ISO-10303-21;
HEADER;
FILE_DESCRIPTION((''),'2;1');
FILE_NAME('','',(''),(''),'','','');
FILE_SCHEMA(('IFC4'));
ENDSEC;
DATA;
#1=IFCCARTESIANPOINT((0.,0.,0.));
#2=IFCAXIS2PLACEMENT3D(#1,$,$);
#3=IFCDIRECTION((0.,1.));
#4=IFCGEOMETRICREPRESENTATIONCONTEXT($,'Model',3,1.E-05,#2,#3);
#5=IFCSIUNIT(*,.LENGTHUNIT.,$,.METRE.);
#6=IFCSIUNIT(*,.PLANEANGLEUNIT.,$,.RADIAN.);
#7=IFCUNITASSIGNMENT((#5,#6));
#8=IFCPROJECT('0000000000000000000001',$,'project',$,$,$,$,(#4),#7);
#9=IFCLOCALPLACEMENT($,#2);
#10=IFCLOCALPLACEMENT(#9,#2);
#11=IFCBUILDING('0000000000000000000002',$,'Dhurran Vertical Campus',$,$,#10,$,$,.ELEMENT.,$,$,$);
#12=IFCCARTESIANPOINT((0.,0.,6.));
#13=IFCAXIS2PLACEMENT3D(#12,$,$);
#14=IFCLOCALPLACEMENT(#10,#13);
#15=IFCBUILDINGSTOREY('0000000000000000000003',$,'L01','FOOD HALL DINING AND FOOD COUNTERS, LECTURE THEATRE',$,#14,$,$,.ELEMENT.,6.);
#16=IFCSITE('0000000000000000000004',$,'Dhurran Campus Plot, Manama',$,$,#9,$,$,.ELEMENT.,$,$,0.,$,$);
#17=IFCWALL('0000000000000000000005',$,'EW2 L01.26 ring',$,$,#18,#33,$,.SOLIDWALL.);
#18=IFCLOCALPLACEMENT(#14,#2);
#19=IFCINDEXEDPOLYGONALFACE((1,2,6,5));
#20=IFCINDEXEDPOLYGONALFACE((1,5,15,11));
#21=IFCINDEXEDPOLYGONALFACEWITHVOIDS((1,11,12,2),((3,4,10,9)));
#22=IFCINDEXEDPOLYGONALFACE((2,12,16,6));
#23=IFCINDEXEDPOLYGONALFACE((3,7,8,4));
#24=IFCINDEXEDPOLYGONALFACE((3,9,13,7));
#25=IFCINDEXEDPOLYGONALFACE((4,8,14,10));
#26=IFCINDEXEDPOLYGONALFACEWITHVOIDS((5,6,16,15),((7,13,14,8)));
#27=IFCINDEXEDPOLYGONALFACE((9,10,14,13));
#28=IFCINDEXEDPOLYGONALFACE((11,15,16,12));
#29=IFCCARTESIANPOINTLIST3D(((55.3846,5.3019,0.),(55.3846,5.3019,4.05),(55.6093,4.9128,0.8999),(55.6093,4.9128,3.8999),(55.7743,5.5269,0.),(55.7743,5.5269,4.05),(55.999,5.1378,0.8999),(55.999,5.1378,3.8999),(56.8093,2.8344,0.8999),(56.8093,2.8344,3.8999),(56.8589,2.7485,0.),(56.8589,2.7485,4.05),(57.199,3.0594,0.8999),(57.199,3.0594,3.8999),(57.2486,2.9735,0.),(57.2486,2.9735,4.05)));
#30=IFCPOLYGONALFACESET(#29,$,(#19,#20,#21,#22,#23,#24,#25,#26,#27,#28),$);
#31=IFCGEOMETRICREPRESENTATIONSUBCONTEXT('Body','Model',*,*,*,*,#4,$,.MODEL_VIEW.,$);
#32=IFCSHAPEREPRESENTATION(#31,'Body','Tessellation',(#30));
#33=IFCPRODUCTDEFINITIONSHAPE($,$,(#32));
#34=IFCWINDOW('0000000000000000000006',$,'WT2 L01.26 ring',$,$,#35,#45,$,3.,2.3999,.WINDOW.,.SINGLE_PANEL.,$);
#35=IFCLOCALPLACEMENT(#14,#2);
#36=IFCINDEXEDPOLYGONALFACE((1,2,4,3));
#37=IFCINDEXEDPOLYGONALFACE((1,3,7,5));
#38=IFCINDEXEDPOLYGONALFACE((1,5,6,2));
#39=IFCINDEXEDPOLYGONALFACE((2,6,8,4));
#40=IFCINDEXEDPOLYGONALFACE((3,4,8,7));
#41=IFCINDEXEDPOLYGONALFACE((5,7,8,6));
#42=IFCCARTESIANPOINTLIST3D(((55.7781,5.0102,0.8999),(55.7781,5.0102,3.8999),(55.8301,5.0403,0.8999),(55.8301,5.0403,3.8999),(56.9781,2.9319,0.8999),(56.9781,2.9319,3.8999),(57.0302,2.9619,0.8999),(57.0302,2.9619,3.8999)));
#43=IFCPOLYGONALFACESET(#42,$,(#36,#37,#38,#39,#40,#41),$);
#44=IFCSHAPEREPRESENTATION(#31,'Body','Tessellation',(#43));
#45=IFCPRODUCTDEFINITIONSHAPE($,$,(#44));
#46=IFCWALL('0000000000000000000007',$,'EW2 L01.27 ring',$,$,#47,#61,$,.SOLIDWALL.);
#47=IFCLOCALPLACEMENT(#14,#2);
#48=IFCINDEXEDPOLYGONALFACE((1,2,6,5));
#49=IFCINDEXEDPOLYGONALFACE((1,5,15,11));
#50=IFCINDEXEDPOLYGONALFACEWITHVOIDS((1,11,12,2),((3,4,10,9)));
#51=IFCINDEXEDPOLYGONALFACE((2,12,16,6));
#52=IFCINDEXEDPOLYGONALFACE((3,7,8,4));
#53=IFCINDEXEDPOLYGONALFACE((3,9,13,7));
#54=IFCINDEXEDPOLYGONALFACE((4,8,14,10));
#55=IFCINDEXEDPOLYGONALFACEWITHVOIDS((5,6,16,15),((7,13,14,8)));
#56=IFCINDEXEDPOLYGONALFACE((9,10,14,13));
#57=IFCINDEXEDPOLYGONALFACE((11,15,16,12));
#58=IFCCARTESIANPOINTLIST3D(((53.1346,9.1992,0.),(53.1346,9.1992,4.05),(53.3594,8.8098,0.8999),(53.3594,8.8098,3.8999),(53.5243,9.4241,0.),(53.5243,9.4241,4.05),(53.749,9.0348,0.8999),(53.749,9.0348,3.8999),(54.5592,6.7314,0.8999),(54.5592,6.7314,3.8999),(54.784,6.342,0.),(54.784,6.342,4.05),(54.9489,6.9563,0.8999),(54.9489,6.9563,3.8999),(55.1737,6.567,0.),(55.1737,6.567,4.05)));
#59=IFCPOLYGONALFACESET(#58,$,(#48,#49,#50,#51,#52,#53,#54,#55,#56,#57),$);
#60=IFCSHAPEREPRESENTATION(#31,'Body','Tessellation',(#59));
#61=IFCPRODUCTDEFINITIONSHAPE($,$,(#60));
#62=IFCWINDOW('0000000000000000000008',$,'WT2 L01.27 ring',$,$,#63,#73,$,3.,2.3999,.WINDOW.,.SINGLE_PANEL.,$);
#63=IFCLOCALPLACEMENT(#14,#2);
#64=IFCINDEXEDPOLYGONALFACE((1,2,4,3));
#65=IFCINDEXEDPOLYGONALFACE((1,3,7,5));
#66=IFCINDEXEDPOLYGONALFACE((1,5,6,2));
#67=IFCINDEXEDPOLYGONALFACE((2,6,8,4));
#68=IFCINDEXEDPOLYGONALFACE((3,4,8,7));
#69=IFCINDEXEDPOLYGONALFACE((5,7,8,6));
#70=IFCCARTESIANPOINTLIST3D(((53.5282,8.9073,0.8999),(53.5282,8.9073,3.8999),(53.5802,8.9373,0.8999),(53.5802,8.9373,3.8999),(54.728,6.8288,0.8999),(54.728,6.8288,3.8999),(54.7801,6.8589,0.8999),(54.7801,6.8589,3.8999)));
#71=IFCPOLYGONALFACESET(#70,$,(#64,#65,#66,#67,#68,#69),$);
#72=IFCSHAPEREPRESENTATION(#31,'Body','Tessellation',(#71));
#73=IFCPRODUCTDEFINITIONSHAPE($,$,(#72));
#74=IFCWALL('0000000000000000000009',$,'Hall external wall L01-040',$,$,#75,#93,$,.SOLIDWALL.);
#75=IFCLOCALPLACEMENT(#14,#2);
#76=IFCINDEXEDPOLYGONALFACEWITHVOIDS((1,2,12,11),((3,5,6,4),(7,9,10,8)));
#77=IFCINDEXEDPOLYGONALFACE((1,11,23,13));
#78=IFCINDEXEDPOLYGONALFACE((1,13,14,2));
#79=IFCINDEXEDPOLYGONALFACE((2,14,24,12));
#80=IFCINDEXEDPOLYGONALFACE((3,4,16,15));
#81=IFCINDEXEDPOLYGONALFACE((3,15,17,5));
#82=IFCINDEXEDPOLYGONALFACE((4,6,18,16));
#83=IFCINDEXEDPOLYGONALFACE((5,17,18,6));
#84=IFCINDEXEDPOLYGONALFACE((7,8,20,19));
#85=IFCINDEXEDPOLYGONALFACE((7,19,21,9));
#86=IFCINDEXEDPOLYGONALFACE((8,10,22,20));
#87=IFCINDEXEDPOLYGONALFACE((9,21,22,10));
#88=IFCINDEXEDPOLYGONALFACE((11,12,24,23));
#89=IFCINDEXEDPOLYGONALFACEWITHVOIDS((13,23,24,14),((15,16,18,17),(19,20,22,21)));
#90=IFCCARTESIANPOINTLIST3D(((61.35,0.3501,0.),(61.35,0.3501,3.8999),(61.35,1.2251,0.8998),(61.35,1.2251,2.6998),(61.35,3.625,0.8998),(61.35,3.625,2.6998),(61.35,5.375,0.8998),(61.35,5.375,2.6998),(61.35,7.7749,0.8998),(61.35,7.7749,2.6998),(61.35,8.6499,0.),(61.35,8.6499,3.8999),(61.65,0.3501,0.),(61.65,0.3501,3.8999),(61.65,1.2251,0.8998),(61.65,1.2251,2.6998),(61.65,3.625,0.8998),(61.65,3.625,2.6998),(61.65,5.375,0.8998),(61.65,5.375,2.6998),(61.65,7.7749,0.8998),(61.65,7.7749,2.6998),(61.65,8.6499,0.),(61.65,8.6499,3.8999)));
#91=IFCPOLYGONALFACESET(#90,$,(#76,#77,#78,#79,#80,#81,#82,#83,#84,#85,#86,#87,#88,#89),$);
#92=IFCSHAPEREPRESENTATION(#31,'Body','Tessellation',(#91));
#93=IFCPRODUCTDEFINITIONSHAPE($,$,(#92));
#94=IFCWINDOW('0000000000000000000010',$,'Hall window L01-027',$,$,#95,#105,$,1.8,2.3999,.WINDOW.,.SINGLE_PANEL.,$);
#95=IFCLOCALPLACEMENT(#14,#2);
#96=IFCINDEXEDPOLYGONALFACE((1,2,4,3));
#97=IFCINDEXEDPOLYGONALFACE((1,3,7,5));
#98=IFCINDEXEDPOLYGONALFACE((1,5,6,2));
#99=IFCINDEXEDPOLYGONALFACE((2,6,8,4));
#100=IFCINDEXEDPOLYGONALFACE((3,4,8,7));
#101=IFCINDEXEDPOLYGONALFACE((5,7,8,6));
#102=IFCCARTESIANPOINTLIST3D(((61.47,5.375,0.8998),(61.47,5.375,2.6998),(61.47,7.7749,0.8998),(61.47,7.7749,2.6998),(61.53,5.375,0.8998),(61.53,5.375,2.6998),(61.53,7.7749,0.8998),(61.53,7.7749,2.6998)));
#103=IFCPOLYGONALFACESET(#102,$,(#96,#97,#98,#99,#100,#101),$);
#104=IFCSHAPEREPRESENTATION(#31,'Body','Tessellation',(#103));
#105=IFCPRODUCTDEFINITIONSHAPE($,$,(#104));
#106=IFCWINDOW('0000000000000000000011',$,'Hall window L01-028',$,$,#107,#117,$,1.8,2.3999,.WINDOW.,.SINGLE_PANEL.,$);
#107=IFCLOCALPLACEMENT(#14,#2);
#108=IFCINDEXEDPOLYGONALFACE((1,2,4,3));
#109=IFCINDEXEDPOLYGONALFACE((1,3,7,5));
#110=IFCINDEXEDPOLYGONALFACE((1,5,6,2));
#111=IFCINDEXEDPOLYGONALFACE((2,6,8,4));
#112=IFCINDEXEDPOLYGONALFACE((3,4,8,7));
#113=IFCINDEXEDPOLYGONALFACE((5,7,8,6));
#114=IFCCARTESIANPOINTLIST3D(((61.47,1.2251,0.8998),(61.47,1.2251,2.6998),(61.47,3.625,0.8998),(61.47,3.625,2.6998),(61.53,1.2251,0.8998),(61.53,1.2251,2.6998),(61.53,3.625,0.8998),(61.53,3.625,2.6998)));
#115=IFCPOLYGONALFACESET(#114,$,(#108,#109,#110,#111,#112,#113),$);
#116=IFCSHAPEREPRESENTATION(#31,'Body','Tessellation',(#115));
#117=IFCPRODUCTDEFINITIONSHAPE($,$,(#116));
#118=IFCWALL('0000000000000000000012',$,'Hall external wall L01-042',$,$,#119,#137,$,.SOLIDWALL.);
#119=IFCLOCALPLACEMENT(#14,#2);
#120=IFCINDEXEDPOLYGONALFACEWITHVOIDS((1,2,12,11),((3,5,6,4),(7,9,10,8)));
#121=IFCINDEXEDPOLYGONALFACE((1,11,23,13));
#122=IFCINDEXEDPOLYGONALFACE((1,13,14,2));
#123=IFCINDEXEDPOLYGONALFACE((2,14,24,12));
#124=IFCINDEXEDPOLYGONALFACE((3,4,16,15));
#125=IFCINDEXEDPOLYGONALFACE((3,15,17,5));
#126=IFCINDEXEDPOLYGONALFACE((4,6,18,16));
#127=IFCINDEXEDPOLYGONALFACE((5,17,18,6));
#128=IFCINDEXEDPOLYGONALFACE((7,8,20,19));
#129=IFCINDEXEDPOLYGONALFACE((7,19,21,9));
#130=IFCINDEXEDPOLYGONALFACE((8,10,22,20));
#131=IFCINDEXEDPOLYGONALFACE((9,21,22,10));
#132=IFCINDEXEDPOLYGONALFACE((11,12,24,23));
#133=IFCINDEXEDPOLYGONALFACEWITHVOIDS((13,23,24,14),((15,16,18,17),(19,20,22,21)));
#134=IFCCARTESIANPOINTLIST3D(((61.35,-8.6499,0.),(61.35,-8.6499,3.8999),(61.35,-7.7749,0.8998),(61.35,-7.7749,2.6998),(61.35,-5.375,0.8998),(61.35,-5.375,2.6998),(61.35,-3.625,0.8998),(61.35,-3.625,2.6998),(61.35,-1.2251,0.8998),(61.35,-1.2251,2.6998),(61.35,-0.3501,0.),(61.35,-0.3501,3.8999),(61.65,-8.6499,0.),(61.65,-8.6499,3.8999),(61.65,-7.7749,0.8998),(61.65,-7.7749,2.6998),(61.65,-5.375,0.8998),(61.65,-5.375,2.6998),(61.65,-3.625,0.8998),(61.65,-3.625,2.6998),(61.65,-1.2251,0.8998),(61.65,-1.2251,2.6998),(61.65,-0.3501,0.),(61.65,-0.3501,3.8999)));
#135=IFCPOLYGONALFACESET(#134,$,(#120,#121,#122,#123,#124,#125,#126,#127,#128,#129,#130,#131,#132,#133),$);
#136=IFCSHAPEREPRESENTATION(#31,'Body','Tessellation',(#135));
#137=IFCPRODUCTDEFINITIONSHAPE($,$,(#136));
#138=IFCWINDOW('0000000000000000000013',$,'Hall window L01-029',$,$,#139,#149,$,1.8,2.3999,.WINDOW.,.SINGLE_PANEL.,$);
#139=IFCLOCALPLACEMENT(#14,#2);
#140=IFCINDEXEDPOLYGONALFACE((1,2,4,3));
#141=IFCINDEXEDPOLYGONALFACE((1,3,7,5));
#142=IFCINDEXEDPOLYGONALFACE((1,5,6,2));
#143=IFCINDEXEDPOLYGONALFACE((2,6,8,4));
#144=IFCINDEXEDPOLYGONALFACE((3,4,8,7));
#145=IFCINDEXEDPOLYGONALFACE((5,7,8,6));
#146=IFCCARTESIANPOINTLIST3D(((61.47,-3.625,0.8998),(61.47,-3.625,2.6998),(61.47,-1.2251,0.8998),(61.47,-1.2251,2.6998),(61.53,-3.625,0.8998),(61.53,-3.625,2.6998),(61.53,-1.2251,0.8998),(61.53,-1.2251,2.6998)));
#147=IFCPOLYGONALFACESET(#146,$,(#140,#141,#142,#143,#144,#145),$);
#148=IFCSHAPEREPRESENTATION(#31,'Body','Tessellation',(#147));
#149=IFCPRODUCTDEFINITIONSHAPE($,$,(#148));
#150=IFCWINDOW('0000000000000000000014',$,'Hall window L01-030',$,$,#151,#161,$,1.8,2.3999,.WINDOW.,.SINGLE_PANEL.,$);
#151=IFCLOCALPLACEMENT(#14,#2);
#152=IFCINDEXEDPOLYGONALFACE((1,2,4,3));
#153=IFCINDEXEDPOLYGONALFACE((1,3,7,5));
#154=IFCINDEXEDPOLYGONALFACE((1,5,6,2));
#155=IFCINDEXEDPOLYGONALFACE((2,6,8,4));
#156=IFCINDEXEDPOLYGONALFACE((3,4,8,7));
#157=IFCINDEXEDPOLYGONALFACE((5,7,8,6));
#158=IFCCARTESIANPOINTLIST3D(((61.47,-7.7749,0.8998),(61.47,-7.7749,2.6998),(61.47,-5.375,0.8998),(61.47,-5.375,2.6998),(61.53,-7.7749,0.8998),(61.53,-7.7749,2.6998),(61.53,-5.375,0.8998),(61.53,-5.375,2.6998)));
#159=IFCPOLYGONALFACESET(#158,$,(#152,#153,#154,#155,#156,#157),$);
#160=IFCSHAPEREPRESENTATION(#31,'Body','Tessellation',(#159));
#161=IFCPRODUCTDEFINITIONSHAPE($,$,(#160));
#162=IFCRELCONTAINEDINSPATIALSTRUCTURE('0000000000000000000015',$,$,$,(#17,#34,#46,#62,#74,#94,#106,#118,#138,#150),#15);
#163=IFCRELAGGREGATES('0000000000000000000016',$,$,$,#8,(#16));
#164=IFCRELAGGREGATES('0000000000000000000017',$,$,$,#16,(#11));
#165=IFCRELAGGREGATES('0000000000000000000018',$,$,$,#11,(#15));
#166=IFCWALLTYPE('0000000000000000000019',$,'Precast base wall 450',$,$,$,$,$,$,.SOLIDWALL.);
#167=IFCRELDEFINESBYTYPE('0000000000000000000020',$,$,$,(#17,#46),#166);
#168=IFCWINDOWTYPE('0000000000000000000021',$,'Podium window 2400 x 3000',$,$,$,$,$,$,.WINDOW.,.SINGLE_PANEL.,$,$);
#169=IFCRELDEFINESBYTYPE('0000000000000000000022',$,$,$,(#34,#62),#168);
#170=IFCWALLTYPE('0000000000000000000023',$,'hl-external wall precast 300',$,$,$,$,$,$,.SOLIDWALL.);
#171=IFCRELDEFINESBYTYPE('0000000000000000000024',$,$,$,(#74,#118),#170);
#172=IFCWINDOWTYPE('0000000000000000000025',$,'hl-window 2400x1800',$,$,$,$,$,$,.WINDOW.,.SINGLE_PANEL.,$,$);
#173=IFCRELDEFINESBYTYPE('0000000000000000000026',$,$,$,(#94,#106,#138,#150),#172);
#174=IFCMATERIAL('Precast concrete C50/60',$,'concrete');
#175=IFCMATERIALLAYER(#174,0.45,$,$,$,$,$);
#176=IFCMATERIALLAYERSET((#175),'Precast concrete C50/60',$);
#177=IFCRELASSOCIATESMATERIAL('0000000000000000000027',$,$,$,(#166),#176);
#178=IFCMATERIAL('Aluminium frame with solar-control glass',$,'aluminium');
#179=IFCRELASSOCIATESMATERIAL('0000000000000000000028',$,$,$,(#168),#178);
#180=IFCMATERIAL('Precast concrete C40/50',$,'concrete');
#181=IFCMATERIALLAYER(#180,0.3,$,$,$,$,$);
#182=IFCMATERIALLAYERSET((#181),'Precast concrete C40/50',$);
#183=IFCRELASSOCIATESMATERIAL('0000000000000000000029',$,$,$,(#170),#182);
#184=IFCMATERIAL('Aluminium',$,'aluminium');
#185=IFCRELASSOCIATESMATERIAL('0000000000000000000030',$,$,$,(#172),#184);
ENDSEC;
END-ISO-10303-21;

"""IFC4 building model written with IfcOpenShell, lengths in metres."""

from ifc_helpers import new_model, si_unit, direction, frame, frame_2d, origin, place, context, subcontext, project, spatial, rectangle, extrude, material, layer, layer_set, type_object, element, fill, save


model = new_model("IFC4")

# Units and contexts
model_context = context("Model", 3, precision=1e-05, world=origin(), true_north=direction((0.0, 1.0)))
body_context = subcontext(model_context, "Body", "Model", "MODEL_VIEW")
ifc_project = project(units=[si_unit("LENGTHUNIT", "METRE"), si_unit("PLANEANGLEUNIT", "RADIAN")], contexts=[model_context])

# Site, building, storey
site_placement = place(None, origin())
site = spatial("IfcSite", under=ifc_project, at=site_placement, Name="Dhurran Campus Plot, Manama", CompositionType="ELEMENT", RefElevation=0.0)
building_placement = place(site_placement, origin())
building = spatial("IfcBuilding", under=site, at=building_placement, Name="Dhurran Vertical Campus", CompositionType="ELEMENT")
storey_placement = place(building_placement, frame((0.0, 0.0, 6.0)))
storey = spatial("IfcBuildingStorey", under=building, at=storey_placement, Name="L01", Description="FOOD HALL DINING AND FOOD COUNTERS, LECTURE THEATRE", CompositionType="ELEMENT", Elevation=6.0)

# Walls, openings, windows
ifc_material_1 = material(Name="Precast concrete C50/60", Category="concrete")
ifc_layer_1 = layer(ifc_material_1, 0.45)
ifc_layer_set_1 = layer_set([ifc_layer_1], Name="Precast concrete C50/60")
wall_type_1 = type_object("IfcWallType", Name="Precast base wall 450", PredefinedType="SOLIDWALL", material=ifc_layer_set_1)
ifc_material_2 = material(Name="Aluminium frame with solar-control glass", Category="aluminium")
window_type_1 = type_object("IfcWindowType", Name="Podium window 2400 x 3000", PartitioningType="SINGLE_PANEL", PredefinedType="WINDOW", material=ifc_material_2)
wall_1_placement = place(storey_placement, frame((57.0537, 2.8611, 0.0), z_axis=(0.0, 0.0, 1.0), x_axis=(-0.500031, 0.866008, 0.0)))
wall_1 = element("IfcWall", 1, at=wall_1_placement, inside=storey, type_object=wall_type_1, Name="EW2 L01.26 ring", PredefinedType="SOLIDWALL", context=body_context, shape_type="SweptSolid", body=[
    extrude(rectangle(XDim=2.9485, YDim=0.45, at=frame_2d((1.4741, 0.0))), origin(), (0.0, 0.0, 1.0), 4.05),
])
opening_1_placement = place(wall_1_placement, frame((0.0991, 0.0, 0.8999)))
opening_1 = element("IfcOpeningElement", 2, at=opening_1_placement, cuts=wall_1, PredefinedType="OPENING", context=body_context, shape_type="SweptSolid", body=[
    extrude(rectangle(XDim=2.3999, YDim=3.0, at=frame_2d((1.2, 1.5))), frame((0.0, 0.2349, 0.0), z_axis=(0.0, -1.0, 0.0), x_axis=(1.0, 0.0, 0.0)), (0.0, 0.0, 1.0), 0.47),
])
window_1_placement = place(opening_1_placement, origin())
window_1 = element("IfcWindow", 3, at=window_1_placement, inside=storey, type_object=window_type_1, Name="WT2 L01.26 ring", OverallHeight=3.0, OverallWidth=2.3999, PartitioningType="SINGLE_PANEL", PredefinedType="WINDOW", context=body_context, shape_type="SweptSolid", body=[
    extrude(rectangle(XDim=2.3999, YDim=3.0, at=frame_2d((1.2, 1.5))), frame((0.0, 0.03, 0.0), z_axis=(0.0, -1.0, 0.0), x_axis=(1.0, 0.0, 0.0)), (0.0, 0.0, 1.0), 0.0601),
])
fill(opening_1, window_1)
wall_2_placement = place(storey_placement, frame((54.9788, 6.4546, 0.0), z_axis=(0.0, 0.0, 1.0), x_axis=(-0.499959, 0.866049, 0.0)))
wall_2 = element("IfcWall", 4, at=wall_2_placement, inside=storey, type_object=wall_type_1, Name="EW2 L01.27 ring", PredefinedType="SOLIDWALL", context=body_context, shape_type="SweptSolid", body=[
    extrude(rectangle(XDim=3.2991, YDim=0.45, at=frame_2d((1.6494, 0.0))), origin(), (0.0, 0.0, 1.0), 4.05),
])
opening_2_placement = place(wall_2_placement, frame((0.4495, 0.0, 0.8999)))
opening_2 = element("IfcOpeningElement", 5, at=opening_2_placement, cuts=wall_2, PredefinedType="OPENING", context=body_context, shape_type="SweptSolid", body=[
    extrude(rectangle(XDim=2.3999, YDim=3.0, at=frame_2d((1.2, 1.5))), frame((0.0, 0.2349, 0.0), z_axis=(0.0, -1.0, 0.0), x_axis=(1.0, 0.0, 0.0)), (0.0, 0.0, 1.0), 0.47),
])
window_2_placement = place(opening_2_placement, origin())
window_2 = element("IfcWindow", 6, at=window_2_placement, inside=storey, type_object=window_type_1, Name="WT2 L01.27 ring", OverallHeight=3.0, OverallWidth=2.3999, PartitioningType="SINGLE_PANEL", PredefinedType="WINDOW", context=body_context, shape_type="SweptSolid", body=[
    extrude(rectangle(XDim=2.3999, YDim=3.0, at=frame_2d((1.2, 1.5))), frame((0.0, 0.03, 0.0), z_axis=(0.0, -1.0, 0.0), x_axis=(1.0, 0.0, 0.0)), (0.0, 0.0, 1.0), 0.0601),
])
fill(opening_2, window_2)

# Walls, openings, windows
ifc_material_3 = material(Name="Precast concrete C40/50", Category="concrete")
ifc_layer_2 = layer(ifc_material_3, 0.3)
ifc_layer_set_2 = layer_set([ifc_layer_2], Name="Precast concrete C40/50")
wall_type_2 = type_object("IfcWallType", Name="hl-external wall precast 300", PredefinedType="SOLIDWALL", material=ifc_layer_set_2)
wall_3_placement = place(storey_placement, frame((61.5, 8.6499, 0.0), z_axis=(0.0, 0.0, 1.0), x_axis=(0.0, -1.0, 0.0)))
wall_3 = element("IfcWall", 7, at=wall_3_placement, inside=storey, type_object=wall_type_2, Name="Hall external wall L01-040", PredefinedType="SOLIDWALL", context=body_context, shape_type="SweptSolid", body=[
    extrude(rectangle(XDim=8.2998, YDim=0.3, at=frame_2d((4.1499, 0.0))), origin(), (0.0, 0.0, 1.0), 3.8999),
])
opening_3_placement = place(wall_3_placement, frame((0.875, 0.0, 0.8999)))
opening_3 = element("IfcOpeningElement", 8, at=opening_3_placement, cuts=wall_3, PredefinedType="OPENING", context=body_context, shape_type="SweptSolid", body=[
    extrude(rectangle(XDim=2.3999, YDim=1.8, at=frame_2d((1.2, 0.8999))), frame((0.0, 0.1599, 0.0), z_axis=(0.0, -1.0, 0.0), x_axis=(1.0, 0.0, 0.0)), (0.0, 0.0, 1.0), 0.3201),
])
opening_4_placement = place(wall_3_placement, frame((5.0249, 0.0, 0.8999)))
opening_4 = element("IfcOpeningElement", 9, at=opening_4_placement, cuts=wall_3, PredefinedType="OPENING", context=body_context, shape_type="SweptSolid", body=[
    extrude(rectangle(XDim=2.3999, YDim=1.8, at=frame_2d((1.2, 0.8999))), frame((0.0, 0.1599, 0.0), z_axis=(0.0, -1.0, 0.0), x_axis=(1.0, 0.0, 0.0)), (0.0, 0.0, 1.0), 0.3201),
])
ifc_material_4 = material(Name="Aluminium", Category="aluminium")
window_type_2 = type_object("IfcWindowType", Name="hl-window 2400x1800", PartitioningType="SINGLE_PANEL", PredefinedType="WINDOW", material=ifc_material_4)
window_3_placement = place(opening_3_placement, origin())
window_3 = element("IfcWindow", 10, at=window_3_placement, inside=storey, type_object=window_type_2, Name="Hall window L01-027", OverallHeight=1.8, OverallWidth=2.3999, PartitioningType="SINGLE_PANEL", PredefinedType="WINDOW", context=body_context, shape_type="SweptSolid", body=[
    extrude(rectangle(XDim=2.3999, YDim=1.8, at=frame_2d((1.2, 0.8999))), frame((0.0, 0.03, 0.0), z_axis=(0.0, -1.0, 0.0), x_axis=(1.0, 0.0, 0.0)), (0.0, 0.0, 1.0), 0.0601),
])
fill(opening_3, window_3)
window_4_placement = place(opening_4_placement, origin())
window_4 = element("IfcWindow", 11, at=window_4_placement, inside=storey, type_object=window_type_2, Name="Hall window L01-028", OverallHeight=1.8, OverallWidth=2.3999, PartitioningType="SINGLE_PANEL", PredefinedType="WINDOW", context=body_context, shape_type="SweptSolid", body=[
    extrude(rectangle(XDim=2.3999, YDim=1.8, at=frame_2d((1.2, 0.8999))), frame((0.0, 0.03, 0.0), z_axis=(0.0, -1.0, 0.0), x_axis=(1.0, 0.0, 0.0)), (0.0, 0.0, 1.0), 0.0601),
])
fill(opening_4, window_4)
wall_4_placement = place(storey_placement, frame((61.5, -0.3501, 0.0), z_axis=(0.0, 0.0, 1.0), x_axis=(0.0, -1.0, 0.0)))
wall_4 = element("IfcWall", 12, at=wall_4_placement, inside=storey, type_object=wall_type_2, Name="Hall external wall L01-042", PredefinedType="SOLIDWALL", context=body_context, shape_type="SweptSolid", body=[
    extrude(rectangle(XDim=8.2998, YDim=0.3, at=frame_2d((4.1499, 0.0))), origin(), (0.0, 0.0, 1.0), 3.8999),
])
opening_5_placement = place(wall_4_placement, frame((0.875, 0.0, 0.8999)))
opening_5 = element("IfcOpeningElement", 13, at=opening_5_placement, cuts=wall_4, PredefinedType="OPENING", context=body_context, shape_type="SweptSolid", body=[
    extrude(rectangle(XDim=2.3999, YDim=1.8, at=frame_2d((1.2, 0.8999))), frame((0.0, 0.1599, 0.0), z_axis=(0.0, -1.0, 0.0), x_axis=(1.0, 0.0, 0.0)), (0.0, 0.0, 1.0), 0.3201),
])
opening_6_placement = place(wall_4_placement, frame((5.0249, 0.0, 0.8999)))
opening_6 = element("IfcOpeningElement", 14, at=opening_6_placement, cuts=wall_4, PredefinedType="OPENING", context=body_context, shape_type="SweptSolid", body=[
    extrude(rectangle(XDim=2.3999, YDim=1.8, at=frame_2d((1.2, 0.8999))), frame((0.0, 0.1599, 0.0), z_axis=(0.0, -1.0, 0.0), x_axis=(1.0, 0.0, 0.0)), (0.0, 0.0, 1.0), 0.3201),
])
window_5_placement = place(opening_5_placement, origin())
window_5 = element("IfcWindow", 15, at=window_5_placement, inside=storey, type_object=window_type_2, Name="Hall window L01-029", OverallHeight=1.8, OverallWidth=2.3999, PartitioningType="SINGLE_PANEL", PredefinedType="WINDOW", context=body_context, shape_type="SweptSolid", body=[
    extrude(rectangle(XDim=2.3999, YDim=1.8, at=frame_2d((1.2, 0.8999))), frame((0.0, 0.03, 0.0), z_axis=(0.0, -1.0, 0.0), x_axis=(1.0, 0.0, 0.0)), (0.0, 0.0, 1.0), 0.0601),
])
fill(opening_5, window_5)
window_6_placement = place(opening_6_placement, origin())
window_6 = element("IfcWindow", 16, at=window_6_placement, inside=storey, type_object=window_type_2, Name="Hall window L01-030", OverallHeight=1.8, OverallWidth=2.3999, PartitioningType="SINGLE_PANEL", PredefinedType="WINDOW", context=body_context, shape_type="SweptSolid", body=[
    extrude(rectangle(XDim=2.3999, YDim=1.8, at=frame_2d((1.2, 0.8999))), frame((0.0, 0.03, 0.0), z_axis=(0.0, -1.0, 0.0), x_axis=(1.0, 0.0, 0.0)), (0.0, 0.0, 1.0), 0.0601),
])
fill(opening_6, window_6)

save(model, "model.ifc")
